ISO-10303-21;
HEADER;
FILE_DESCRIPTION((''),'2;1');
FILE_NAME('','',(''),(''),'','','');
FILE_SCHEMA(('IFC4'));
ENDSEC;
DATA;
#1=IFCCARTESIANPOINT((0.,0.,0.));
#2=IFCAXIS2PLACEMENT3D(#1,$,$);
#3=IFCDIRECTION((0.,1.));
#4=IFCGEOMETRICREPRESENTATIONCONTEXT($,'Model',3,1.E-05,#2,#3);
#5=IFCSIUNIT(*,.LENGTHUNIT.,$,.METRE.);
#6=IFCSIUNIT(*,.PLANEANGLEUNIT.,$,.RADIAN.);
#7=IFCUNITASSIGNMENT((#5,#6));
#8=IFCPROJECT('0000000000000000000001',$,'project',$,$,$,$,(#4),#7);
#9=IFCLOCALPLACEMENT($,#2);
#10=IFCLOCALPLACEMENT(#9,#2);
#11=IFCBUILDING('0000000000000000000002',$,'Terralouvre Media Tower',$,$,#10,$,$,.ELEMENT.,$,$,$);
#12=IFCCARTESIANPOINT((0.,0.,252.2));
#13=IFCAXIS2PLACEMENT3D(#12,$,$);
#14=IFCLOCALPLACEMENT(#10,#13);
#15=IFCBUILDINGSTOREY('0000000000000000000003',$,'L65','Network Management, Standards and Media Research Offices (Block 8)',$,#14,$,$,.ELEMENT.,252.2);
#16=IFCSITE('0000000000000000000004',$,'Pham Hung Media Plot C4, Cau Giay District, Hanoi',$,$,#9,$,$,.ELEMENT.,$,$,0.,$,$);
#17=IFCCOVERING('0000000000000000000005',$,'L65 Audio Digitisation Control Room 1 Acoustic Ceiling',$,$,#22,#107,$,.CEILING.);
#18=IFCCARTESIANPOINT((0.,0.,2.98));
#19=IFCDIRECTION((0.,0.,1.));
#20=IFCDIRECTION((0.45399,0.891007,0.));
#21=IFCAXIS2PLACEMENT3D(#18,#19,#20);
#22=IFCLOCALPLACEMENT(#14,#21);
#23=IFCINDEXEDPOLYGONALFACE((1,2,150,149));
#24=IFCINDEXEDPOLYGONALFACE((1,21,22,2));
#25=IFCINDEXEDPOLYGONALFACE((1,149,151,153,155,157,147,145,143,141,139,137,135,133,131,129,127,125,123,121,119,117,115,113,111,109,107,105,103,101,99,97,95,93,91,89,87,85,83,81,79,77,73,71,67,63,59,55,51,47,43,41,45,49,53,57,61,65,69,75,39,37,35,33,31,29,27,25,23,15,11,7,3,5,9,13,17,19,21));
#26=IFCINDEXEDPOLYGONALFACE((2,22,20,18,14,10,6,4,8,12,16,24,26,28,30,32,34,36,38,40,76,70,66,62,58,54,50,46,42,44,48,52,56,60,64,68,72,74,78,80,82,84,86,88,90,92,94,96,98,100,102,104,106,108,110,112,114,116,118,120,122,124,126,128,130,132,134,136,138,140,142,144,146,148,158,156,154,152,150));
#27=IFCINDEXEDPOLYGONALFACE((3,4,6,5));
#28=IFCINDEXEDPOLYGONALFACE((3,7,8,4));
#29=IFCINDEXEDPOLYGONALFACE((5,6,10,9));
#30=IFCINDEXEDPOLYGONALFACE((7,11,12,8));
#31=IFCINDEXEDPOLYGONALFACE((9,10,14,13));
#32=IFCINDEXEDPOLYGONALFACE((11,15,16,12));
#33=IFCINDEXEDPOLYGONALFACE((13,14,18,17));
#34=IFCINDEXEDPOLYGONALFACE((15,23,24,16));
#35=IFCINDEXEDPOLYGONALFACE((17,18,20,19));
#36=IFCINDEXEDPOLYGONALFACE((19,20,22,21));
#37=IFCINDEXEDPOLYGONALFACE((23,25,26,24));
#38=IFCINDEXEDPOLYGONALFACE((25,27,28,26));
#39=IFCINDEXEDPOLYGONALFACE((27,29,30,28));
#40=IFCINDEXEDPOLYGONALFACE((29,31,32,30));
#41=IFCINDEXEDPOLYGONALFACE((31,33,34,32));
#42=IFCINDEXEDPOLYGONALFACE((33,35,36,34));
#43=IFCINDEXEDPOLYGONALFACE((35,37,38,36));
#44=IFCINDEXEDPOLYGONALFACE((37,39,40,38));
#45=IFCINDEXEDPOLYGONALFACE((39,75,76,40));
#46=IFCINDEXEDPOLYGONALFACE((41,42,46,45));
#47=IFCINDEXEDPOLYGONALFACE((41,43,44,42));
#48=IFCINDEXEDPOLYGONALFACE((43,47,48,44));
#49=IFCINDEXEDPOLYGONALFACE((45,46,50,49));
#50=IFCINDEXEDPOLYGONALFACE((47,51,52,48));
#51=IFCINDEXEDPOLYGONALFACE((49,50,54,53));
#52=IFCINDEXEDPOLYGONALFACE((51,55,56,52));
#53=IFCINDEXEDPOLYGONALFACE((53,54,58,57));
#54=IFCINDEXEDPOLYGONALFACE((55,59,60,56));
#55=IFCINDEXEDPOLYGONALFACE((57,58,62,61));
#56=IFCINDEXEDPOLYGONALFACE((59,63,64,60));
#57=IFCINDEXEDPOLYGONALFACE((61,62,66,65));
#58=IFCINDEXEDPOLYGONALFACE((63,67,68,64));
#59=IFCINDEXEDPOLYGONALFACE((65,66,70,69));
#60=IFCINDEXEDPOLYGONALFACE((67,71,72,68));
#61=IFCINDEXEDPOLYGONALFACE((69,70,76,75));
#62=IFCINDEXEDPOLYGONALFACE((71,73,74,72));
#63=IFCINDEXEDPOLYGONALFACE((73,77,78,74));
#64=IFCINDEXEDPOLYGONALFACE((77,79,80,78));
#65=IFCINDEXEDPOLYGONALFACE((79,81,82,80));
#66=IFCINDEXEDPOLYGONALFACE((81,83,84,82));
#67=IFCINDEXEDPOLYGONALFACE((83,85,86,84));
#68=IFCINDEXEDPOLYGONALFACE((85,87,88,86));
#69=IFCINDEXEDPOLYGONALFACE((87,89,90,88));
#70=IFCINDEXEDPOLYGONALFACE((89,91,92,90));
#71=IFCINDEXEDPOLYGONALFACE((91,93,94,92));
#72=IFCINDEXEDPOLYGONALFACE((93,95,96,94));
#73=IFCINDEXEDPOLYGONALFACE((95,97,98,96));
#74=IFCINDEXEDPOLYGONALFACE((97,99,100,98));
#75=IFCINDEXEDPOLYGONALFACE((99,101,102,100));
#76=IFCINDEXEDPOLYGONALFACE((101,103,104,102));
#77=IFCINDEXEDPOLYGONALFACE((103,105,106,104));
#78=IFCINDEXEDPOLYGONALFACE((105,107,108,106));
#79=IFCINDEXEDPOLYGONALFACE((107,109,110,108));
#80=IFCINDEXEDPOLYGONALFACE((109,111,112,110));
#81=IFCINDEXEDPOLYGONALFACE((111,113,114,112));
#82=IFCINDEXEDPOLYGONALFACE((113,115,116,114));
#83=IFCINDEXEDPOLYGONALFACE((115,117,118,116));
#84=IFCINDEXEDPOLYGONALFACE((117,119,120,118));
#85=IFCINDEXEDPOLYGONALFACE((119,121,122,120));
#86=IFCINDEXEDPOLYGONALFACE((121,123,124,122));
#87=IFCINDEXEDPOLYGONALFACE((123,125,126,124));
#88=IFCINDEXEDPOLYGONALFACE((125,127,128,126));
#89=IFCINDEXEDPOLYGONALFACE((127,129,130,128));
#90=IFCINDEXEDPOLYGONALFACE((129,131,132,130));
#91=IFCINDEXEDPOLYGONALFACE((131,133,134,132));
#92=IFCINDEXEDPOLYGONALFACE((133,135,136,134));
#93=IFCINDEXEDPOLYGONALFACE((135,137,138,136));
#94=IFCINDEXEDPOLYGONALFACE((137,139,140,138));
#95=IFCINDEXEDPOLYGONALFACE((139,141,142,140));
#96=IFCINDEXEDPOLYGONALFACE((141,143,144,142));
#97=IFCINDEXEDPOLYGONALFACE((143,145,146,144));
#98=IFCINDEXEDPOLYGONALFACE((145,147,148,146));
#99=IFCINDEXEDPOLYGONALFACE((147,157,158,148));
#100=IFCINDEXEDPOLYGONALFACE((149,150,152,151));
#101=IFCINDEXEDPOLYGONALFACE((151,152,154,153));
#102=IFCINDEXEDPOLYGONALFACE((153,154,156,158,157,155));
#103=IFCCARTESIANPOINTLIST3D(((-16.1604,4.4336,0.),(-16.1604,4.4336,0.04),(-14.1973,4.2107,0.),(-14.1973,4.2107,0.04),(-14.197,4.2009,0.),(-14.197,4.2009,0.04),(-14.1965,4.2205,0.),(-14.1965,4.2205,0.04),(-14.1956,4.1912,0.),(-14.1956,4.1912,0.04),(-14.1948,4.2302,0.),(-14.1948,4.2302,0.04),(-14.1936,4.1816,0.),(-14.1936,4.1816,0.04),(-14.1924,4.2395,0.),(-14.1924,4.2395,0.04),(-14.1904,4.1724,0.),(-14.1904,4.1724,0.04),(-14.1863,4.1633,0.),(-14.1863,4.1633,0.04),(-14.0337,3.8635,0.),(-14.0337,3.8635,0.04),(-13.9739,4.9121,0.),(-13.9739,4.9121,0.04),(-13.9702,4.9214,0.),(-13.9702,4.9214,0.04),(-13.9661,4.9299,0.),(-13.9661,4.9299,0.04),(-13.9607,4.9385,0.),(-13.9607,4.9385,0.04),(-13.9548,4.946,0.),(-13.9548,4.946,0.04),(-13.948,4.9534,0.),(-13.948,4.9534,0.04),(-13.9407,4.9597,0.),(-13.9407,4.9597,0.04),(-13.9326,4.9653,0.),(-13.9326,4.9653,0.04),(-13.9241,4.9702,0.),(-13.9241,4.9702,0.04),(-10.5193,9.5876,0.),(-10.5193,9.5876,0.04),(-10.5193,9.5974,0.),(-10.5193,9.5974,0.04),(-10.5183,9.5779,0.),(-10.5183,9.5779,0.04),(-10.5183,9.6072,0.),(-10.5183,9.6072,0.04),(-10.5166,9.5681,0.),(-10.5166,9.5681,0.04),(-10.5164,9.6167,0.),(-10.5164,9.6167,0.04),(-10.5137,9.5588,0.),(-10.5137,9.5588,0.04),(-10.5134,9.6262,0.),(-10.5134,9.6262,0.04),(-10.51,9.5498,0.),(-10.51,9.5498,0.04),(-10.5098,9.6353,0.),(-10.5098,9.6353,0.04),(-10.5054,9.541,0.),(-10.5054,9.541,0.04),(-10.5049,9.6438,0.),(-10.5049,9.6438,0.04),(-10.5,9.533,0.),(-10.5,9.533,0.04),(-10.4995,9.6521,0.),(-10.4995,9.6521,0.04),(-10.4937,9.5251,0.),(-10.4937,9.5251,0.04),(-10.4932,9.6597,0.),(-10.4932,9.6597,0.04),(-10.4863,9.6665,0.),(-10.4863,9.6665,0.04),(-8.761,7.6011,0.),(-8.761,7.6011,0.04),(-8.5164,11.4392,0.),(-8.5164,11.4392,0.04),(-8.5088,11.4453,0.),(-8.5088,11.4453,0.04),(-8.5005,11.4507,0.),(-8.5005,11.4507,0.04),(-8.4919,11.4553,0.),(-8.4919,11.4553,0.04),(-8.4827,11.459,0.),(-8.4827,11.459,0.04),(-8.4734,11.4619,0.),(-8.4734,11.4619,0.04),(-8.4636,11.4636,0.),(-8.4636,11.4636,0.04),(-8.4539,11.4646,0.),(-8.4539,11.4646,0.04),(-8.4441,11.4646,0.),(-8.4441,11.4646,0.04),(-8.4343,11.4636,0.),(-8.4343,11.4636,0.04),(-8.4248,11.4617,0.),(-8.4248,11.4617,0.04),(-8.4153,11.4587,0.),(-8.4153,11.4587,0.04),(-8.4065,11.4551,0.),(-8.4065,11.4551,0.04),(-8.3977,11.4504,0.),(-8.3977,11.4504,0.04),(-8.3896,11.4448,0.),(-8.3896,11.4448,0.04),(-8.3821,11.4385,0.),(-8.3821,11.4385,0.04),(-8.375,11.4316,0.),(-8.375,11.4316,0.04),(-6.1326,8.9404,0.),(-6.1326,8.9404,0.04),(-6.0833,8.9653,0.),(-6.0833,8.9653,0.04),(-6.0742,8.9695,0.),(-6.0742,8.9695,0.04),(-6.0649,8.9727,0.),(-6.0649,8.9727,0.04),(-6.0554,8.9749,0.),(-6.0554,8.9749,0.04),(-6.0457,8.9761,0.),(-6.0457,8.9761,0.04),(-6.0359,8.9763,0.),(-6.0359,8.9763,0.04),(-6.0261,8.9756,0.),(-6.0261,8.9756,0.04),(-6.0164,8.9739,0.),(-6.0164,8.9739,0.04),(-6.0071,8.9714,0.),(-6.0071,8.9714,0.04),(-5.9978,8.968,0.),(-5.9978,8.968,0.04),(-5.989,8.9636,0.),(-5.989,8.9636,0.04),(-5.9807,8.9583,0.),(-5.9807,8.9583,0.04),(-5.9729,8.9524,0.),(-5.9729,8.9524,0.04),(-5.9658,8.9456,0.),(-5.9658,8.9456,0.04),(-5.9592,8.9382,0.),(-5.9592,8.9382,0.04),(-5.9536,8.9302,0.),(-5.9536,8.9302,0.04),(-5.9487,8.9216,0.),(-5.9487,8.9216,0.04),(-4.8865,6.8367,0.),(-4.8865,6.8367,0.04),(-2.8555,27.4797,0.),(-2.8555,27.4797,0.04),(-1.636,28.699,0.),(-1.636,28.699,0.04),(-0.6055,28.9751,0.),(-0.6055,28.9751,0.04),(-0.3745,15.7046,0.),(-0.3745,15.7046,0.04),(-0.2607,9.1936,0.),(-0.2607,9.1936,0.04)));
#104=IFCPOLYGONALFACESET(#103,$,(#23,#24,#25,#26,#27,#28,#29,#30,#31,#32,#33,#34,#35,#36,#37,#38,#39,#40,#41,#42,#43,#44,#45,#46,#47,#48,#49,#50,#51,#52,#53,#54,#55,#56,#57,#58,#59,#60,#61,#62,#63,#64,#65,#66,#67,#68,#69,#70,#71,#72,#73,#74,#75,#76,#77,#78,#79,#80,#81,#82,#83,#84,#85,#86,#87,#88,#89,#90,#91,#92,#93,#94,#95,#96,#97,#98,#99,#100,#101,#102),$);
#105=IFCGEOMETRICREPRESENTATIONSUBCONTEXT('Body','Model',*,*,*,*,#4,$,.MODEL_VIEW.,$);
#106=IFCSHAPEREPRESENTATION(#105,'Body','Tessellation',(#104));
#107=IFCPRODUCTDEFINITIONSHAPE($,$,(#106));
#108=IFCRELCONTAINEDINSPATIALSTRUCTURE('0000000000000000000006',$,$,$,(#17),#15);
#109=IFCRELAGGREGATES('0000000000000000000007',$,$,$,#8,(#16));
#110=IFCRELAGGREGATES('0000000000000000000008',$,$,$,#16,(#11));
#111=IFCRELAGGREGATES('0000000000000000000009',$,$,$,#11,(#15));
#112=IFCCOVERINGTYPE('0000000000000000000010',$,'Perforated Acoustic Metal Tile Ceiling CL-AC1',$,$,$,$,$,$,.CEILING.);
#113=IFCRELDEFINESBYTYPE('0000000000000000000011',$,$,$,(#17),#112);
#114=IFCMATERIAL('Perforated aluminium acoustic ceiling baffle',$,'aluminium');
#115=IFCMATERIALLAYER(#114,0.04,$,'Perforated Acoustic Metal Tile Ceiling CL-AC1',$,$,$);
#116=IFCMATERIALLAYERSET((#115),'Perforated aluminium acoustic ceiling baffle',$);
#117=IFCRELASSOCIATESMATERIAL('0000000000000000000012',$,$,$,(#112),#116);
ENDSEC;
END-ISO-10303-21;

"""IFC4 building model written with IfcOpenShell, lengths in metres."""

from ifc_helpers import new_model, si_unit, direction, frame, origin, place, context, subcontext, project, spatial, polyline, outline, extrude, material, layer, layer_set, type_object, element, save


model = new_model("IFC4")

# Units and contexts
model_context = context("Model", 3, precision=1e-05, world=origin(), true_north=direction((0.0, 1.0)))
body_context = subcontext(model_context, "Body", "Model", "MODEL_VIEW")
ifc_project = project(units=[si_unit("LENGTHUNIT", "METRE"), si_unit("PLANEANGLEUNIT", "RADIAN")], contexts=[model_context])

# Site, building, storey
site_placement = place(None, origin())
site = spatial("IfcSite", under=ifc_project, at=site_placement, Name="Pham Hung Media Plot C4, Cau Giay District, Hanoi", CompositionType="ELEMENT", RefElevation=0.0)
building_placement = place(site_placement, origin())
building = spatial("IfcBuilding", under=site, at=building_placement, Name="Terralouvre Media Tower", CompositionType="ELEMENT")
storey_placement = place(building_placement, frame((0.0, 0.0, 252.2)))
storey = spatial("IfcBuildingStorey", under=building, at=storey_placement, Name="L65", Description="Network Management, Standards and Media Research Offices (Block 8)", CompositionType="ELEMENT", Elevation=252.2)

# Covering
ifc_material_1 = material(Name="Perforated aluminium acoustic ceiling baffle", Category="aluminium")
ifc_layer_1 = layer(ifc_material_1, 0.04, Name="Perforated Acoustic Metal Tile Ceiling CL-AC1")
ifc_layer_set_1 = layer_set([ifc_layer_1], Name="Perforated aluminium acoustic ceiling baffle")
covering_type_1 = type_object("IfcCoveringType", Name="Perforated Acoustic Metal Tile Ceiling CL-AC1", PredefinedType="CEILING", material=ifc_layer_set_1)
covering_1_placement = place(storey_placement, frame((0.0, 0.0, 2.98), z_axis=(0.0, 0.0, 1.0), x_axis=(0.45399, 0.891007, 0.0)))
element("IfcCovering", 1, at=covering_1_placement, inside=storey, type_object=covering_type_1, Name="L65 Audio Digitisation Control Room 1 Acoustic Ceiling", PredefinedType="CEILING", context=body_context, shape_type="SweptSolid", body=[
    extrude(outline(polyline([(-14.1863, 4.1633), (-14.1904, 4.1724), (-14.1936, 4.1816), (-14.1956, 4.1912), (-14.197, 4.2009), (-14.1973, 4.2107), (-14.1965, 4.2205), (-14.1948, 4.2302), (-14.1924, 4.2395), (-13.9739, 4.9121), (-13.9702, 4.9214), (-13.9661, 4.9299), (-13.9607, 4.9385), (-13.9548, 4.946), (-13.948, 4.9534), (-13.9407, 4.9597), (-13.9326, 4.9653), (-13.9241, 4.9702), (-8.761, 7.6011), (-10.4937, 9.5251), (-10.5, 9.533), (-10.5054, 9.541), (-10.51, 9.5498), (-10.5137, 9.5588), (-10.5166, 9.5681), (-10.5183, 9.5779), (-10.5193, 9.5876), (-10.5193, 9.5974), (-10.5183, 9.6072), (-10.5164, 9.6167), (-10.5134, 9.6262), (-10.5098, 9.6353), (-10.5049, 9.6438), (-10.4995, 9.6521), (-10.4932, 9.6597), (-10.4863, 9.6665), (-8.5164, 11.4392), (-8.5088, 11.4453), (-8.5005, 11.4507), (-8.4919, 11.4553), (-8.4827, 11.459), (-8.4734, 11.4619), (-8.4636, 11.4636), (-8.4539, 11.4646), (-8.4441, 11.4646), (-8.4343, 11.4636), (-8.4248, 11.4617), (-8.4153, 11.4587), (-8.4065, 11.4551), (-8.3977, 11.4504), (-8.3896, 11.4448), (-8.3821, 11.4385), (-8.375, 11.4316), (-6.1326, 8.9404), (-6.0833, 8.9653), (-6.0742, 8.9695), (-6.0649, 8.9727), (-6.0554, 8.9749), (-6.0457, 8.9761), (-6.0359, 8.9763), (-6.0261, 8.9756), (-6.0164, 8.9739), (-6.0071, 8.9714), (-5.9978, 8.968), (-5.989, 8.9636), (-5.9807, 8.9583), (-5.9729, 8.9524), (-5.9658, 8.9456), (-5.9592, 8.9382), (-5.9536, 8.9302), (-5.9487, 8.9216), (-4.8865, 6.8367), (-0.2607, 9.1936), (-0.3745, 15.7046), (-0.6055, 28.9751), (-1.636, 28.699), (-2.8555, 27.4797), (-16.1604, 4.4336), (-14.0337, 3.8635), (-14.1863, 4.1633)])), origin(), (0.0, 0.0, 1.0), 0.04),
])

save(model, "model.ifc")
